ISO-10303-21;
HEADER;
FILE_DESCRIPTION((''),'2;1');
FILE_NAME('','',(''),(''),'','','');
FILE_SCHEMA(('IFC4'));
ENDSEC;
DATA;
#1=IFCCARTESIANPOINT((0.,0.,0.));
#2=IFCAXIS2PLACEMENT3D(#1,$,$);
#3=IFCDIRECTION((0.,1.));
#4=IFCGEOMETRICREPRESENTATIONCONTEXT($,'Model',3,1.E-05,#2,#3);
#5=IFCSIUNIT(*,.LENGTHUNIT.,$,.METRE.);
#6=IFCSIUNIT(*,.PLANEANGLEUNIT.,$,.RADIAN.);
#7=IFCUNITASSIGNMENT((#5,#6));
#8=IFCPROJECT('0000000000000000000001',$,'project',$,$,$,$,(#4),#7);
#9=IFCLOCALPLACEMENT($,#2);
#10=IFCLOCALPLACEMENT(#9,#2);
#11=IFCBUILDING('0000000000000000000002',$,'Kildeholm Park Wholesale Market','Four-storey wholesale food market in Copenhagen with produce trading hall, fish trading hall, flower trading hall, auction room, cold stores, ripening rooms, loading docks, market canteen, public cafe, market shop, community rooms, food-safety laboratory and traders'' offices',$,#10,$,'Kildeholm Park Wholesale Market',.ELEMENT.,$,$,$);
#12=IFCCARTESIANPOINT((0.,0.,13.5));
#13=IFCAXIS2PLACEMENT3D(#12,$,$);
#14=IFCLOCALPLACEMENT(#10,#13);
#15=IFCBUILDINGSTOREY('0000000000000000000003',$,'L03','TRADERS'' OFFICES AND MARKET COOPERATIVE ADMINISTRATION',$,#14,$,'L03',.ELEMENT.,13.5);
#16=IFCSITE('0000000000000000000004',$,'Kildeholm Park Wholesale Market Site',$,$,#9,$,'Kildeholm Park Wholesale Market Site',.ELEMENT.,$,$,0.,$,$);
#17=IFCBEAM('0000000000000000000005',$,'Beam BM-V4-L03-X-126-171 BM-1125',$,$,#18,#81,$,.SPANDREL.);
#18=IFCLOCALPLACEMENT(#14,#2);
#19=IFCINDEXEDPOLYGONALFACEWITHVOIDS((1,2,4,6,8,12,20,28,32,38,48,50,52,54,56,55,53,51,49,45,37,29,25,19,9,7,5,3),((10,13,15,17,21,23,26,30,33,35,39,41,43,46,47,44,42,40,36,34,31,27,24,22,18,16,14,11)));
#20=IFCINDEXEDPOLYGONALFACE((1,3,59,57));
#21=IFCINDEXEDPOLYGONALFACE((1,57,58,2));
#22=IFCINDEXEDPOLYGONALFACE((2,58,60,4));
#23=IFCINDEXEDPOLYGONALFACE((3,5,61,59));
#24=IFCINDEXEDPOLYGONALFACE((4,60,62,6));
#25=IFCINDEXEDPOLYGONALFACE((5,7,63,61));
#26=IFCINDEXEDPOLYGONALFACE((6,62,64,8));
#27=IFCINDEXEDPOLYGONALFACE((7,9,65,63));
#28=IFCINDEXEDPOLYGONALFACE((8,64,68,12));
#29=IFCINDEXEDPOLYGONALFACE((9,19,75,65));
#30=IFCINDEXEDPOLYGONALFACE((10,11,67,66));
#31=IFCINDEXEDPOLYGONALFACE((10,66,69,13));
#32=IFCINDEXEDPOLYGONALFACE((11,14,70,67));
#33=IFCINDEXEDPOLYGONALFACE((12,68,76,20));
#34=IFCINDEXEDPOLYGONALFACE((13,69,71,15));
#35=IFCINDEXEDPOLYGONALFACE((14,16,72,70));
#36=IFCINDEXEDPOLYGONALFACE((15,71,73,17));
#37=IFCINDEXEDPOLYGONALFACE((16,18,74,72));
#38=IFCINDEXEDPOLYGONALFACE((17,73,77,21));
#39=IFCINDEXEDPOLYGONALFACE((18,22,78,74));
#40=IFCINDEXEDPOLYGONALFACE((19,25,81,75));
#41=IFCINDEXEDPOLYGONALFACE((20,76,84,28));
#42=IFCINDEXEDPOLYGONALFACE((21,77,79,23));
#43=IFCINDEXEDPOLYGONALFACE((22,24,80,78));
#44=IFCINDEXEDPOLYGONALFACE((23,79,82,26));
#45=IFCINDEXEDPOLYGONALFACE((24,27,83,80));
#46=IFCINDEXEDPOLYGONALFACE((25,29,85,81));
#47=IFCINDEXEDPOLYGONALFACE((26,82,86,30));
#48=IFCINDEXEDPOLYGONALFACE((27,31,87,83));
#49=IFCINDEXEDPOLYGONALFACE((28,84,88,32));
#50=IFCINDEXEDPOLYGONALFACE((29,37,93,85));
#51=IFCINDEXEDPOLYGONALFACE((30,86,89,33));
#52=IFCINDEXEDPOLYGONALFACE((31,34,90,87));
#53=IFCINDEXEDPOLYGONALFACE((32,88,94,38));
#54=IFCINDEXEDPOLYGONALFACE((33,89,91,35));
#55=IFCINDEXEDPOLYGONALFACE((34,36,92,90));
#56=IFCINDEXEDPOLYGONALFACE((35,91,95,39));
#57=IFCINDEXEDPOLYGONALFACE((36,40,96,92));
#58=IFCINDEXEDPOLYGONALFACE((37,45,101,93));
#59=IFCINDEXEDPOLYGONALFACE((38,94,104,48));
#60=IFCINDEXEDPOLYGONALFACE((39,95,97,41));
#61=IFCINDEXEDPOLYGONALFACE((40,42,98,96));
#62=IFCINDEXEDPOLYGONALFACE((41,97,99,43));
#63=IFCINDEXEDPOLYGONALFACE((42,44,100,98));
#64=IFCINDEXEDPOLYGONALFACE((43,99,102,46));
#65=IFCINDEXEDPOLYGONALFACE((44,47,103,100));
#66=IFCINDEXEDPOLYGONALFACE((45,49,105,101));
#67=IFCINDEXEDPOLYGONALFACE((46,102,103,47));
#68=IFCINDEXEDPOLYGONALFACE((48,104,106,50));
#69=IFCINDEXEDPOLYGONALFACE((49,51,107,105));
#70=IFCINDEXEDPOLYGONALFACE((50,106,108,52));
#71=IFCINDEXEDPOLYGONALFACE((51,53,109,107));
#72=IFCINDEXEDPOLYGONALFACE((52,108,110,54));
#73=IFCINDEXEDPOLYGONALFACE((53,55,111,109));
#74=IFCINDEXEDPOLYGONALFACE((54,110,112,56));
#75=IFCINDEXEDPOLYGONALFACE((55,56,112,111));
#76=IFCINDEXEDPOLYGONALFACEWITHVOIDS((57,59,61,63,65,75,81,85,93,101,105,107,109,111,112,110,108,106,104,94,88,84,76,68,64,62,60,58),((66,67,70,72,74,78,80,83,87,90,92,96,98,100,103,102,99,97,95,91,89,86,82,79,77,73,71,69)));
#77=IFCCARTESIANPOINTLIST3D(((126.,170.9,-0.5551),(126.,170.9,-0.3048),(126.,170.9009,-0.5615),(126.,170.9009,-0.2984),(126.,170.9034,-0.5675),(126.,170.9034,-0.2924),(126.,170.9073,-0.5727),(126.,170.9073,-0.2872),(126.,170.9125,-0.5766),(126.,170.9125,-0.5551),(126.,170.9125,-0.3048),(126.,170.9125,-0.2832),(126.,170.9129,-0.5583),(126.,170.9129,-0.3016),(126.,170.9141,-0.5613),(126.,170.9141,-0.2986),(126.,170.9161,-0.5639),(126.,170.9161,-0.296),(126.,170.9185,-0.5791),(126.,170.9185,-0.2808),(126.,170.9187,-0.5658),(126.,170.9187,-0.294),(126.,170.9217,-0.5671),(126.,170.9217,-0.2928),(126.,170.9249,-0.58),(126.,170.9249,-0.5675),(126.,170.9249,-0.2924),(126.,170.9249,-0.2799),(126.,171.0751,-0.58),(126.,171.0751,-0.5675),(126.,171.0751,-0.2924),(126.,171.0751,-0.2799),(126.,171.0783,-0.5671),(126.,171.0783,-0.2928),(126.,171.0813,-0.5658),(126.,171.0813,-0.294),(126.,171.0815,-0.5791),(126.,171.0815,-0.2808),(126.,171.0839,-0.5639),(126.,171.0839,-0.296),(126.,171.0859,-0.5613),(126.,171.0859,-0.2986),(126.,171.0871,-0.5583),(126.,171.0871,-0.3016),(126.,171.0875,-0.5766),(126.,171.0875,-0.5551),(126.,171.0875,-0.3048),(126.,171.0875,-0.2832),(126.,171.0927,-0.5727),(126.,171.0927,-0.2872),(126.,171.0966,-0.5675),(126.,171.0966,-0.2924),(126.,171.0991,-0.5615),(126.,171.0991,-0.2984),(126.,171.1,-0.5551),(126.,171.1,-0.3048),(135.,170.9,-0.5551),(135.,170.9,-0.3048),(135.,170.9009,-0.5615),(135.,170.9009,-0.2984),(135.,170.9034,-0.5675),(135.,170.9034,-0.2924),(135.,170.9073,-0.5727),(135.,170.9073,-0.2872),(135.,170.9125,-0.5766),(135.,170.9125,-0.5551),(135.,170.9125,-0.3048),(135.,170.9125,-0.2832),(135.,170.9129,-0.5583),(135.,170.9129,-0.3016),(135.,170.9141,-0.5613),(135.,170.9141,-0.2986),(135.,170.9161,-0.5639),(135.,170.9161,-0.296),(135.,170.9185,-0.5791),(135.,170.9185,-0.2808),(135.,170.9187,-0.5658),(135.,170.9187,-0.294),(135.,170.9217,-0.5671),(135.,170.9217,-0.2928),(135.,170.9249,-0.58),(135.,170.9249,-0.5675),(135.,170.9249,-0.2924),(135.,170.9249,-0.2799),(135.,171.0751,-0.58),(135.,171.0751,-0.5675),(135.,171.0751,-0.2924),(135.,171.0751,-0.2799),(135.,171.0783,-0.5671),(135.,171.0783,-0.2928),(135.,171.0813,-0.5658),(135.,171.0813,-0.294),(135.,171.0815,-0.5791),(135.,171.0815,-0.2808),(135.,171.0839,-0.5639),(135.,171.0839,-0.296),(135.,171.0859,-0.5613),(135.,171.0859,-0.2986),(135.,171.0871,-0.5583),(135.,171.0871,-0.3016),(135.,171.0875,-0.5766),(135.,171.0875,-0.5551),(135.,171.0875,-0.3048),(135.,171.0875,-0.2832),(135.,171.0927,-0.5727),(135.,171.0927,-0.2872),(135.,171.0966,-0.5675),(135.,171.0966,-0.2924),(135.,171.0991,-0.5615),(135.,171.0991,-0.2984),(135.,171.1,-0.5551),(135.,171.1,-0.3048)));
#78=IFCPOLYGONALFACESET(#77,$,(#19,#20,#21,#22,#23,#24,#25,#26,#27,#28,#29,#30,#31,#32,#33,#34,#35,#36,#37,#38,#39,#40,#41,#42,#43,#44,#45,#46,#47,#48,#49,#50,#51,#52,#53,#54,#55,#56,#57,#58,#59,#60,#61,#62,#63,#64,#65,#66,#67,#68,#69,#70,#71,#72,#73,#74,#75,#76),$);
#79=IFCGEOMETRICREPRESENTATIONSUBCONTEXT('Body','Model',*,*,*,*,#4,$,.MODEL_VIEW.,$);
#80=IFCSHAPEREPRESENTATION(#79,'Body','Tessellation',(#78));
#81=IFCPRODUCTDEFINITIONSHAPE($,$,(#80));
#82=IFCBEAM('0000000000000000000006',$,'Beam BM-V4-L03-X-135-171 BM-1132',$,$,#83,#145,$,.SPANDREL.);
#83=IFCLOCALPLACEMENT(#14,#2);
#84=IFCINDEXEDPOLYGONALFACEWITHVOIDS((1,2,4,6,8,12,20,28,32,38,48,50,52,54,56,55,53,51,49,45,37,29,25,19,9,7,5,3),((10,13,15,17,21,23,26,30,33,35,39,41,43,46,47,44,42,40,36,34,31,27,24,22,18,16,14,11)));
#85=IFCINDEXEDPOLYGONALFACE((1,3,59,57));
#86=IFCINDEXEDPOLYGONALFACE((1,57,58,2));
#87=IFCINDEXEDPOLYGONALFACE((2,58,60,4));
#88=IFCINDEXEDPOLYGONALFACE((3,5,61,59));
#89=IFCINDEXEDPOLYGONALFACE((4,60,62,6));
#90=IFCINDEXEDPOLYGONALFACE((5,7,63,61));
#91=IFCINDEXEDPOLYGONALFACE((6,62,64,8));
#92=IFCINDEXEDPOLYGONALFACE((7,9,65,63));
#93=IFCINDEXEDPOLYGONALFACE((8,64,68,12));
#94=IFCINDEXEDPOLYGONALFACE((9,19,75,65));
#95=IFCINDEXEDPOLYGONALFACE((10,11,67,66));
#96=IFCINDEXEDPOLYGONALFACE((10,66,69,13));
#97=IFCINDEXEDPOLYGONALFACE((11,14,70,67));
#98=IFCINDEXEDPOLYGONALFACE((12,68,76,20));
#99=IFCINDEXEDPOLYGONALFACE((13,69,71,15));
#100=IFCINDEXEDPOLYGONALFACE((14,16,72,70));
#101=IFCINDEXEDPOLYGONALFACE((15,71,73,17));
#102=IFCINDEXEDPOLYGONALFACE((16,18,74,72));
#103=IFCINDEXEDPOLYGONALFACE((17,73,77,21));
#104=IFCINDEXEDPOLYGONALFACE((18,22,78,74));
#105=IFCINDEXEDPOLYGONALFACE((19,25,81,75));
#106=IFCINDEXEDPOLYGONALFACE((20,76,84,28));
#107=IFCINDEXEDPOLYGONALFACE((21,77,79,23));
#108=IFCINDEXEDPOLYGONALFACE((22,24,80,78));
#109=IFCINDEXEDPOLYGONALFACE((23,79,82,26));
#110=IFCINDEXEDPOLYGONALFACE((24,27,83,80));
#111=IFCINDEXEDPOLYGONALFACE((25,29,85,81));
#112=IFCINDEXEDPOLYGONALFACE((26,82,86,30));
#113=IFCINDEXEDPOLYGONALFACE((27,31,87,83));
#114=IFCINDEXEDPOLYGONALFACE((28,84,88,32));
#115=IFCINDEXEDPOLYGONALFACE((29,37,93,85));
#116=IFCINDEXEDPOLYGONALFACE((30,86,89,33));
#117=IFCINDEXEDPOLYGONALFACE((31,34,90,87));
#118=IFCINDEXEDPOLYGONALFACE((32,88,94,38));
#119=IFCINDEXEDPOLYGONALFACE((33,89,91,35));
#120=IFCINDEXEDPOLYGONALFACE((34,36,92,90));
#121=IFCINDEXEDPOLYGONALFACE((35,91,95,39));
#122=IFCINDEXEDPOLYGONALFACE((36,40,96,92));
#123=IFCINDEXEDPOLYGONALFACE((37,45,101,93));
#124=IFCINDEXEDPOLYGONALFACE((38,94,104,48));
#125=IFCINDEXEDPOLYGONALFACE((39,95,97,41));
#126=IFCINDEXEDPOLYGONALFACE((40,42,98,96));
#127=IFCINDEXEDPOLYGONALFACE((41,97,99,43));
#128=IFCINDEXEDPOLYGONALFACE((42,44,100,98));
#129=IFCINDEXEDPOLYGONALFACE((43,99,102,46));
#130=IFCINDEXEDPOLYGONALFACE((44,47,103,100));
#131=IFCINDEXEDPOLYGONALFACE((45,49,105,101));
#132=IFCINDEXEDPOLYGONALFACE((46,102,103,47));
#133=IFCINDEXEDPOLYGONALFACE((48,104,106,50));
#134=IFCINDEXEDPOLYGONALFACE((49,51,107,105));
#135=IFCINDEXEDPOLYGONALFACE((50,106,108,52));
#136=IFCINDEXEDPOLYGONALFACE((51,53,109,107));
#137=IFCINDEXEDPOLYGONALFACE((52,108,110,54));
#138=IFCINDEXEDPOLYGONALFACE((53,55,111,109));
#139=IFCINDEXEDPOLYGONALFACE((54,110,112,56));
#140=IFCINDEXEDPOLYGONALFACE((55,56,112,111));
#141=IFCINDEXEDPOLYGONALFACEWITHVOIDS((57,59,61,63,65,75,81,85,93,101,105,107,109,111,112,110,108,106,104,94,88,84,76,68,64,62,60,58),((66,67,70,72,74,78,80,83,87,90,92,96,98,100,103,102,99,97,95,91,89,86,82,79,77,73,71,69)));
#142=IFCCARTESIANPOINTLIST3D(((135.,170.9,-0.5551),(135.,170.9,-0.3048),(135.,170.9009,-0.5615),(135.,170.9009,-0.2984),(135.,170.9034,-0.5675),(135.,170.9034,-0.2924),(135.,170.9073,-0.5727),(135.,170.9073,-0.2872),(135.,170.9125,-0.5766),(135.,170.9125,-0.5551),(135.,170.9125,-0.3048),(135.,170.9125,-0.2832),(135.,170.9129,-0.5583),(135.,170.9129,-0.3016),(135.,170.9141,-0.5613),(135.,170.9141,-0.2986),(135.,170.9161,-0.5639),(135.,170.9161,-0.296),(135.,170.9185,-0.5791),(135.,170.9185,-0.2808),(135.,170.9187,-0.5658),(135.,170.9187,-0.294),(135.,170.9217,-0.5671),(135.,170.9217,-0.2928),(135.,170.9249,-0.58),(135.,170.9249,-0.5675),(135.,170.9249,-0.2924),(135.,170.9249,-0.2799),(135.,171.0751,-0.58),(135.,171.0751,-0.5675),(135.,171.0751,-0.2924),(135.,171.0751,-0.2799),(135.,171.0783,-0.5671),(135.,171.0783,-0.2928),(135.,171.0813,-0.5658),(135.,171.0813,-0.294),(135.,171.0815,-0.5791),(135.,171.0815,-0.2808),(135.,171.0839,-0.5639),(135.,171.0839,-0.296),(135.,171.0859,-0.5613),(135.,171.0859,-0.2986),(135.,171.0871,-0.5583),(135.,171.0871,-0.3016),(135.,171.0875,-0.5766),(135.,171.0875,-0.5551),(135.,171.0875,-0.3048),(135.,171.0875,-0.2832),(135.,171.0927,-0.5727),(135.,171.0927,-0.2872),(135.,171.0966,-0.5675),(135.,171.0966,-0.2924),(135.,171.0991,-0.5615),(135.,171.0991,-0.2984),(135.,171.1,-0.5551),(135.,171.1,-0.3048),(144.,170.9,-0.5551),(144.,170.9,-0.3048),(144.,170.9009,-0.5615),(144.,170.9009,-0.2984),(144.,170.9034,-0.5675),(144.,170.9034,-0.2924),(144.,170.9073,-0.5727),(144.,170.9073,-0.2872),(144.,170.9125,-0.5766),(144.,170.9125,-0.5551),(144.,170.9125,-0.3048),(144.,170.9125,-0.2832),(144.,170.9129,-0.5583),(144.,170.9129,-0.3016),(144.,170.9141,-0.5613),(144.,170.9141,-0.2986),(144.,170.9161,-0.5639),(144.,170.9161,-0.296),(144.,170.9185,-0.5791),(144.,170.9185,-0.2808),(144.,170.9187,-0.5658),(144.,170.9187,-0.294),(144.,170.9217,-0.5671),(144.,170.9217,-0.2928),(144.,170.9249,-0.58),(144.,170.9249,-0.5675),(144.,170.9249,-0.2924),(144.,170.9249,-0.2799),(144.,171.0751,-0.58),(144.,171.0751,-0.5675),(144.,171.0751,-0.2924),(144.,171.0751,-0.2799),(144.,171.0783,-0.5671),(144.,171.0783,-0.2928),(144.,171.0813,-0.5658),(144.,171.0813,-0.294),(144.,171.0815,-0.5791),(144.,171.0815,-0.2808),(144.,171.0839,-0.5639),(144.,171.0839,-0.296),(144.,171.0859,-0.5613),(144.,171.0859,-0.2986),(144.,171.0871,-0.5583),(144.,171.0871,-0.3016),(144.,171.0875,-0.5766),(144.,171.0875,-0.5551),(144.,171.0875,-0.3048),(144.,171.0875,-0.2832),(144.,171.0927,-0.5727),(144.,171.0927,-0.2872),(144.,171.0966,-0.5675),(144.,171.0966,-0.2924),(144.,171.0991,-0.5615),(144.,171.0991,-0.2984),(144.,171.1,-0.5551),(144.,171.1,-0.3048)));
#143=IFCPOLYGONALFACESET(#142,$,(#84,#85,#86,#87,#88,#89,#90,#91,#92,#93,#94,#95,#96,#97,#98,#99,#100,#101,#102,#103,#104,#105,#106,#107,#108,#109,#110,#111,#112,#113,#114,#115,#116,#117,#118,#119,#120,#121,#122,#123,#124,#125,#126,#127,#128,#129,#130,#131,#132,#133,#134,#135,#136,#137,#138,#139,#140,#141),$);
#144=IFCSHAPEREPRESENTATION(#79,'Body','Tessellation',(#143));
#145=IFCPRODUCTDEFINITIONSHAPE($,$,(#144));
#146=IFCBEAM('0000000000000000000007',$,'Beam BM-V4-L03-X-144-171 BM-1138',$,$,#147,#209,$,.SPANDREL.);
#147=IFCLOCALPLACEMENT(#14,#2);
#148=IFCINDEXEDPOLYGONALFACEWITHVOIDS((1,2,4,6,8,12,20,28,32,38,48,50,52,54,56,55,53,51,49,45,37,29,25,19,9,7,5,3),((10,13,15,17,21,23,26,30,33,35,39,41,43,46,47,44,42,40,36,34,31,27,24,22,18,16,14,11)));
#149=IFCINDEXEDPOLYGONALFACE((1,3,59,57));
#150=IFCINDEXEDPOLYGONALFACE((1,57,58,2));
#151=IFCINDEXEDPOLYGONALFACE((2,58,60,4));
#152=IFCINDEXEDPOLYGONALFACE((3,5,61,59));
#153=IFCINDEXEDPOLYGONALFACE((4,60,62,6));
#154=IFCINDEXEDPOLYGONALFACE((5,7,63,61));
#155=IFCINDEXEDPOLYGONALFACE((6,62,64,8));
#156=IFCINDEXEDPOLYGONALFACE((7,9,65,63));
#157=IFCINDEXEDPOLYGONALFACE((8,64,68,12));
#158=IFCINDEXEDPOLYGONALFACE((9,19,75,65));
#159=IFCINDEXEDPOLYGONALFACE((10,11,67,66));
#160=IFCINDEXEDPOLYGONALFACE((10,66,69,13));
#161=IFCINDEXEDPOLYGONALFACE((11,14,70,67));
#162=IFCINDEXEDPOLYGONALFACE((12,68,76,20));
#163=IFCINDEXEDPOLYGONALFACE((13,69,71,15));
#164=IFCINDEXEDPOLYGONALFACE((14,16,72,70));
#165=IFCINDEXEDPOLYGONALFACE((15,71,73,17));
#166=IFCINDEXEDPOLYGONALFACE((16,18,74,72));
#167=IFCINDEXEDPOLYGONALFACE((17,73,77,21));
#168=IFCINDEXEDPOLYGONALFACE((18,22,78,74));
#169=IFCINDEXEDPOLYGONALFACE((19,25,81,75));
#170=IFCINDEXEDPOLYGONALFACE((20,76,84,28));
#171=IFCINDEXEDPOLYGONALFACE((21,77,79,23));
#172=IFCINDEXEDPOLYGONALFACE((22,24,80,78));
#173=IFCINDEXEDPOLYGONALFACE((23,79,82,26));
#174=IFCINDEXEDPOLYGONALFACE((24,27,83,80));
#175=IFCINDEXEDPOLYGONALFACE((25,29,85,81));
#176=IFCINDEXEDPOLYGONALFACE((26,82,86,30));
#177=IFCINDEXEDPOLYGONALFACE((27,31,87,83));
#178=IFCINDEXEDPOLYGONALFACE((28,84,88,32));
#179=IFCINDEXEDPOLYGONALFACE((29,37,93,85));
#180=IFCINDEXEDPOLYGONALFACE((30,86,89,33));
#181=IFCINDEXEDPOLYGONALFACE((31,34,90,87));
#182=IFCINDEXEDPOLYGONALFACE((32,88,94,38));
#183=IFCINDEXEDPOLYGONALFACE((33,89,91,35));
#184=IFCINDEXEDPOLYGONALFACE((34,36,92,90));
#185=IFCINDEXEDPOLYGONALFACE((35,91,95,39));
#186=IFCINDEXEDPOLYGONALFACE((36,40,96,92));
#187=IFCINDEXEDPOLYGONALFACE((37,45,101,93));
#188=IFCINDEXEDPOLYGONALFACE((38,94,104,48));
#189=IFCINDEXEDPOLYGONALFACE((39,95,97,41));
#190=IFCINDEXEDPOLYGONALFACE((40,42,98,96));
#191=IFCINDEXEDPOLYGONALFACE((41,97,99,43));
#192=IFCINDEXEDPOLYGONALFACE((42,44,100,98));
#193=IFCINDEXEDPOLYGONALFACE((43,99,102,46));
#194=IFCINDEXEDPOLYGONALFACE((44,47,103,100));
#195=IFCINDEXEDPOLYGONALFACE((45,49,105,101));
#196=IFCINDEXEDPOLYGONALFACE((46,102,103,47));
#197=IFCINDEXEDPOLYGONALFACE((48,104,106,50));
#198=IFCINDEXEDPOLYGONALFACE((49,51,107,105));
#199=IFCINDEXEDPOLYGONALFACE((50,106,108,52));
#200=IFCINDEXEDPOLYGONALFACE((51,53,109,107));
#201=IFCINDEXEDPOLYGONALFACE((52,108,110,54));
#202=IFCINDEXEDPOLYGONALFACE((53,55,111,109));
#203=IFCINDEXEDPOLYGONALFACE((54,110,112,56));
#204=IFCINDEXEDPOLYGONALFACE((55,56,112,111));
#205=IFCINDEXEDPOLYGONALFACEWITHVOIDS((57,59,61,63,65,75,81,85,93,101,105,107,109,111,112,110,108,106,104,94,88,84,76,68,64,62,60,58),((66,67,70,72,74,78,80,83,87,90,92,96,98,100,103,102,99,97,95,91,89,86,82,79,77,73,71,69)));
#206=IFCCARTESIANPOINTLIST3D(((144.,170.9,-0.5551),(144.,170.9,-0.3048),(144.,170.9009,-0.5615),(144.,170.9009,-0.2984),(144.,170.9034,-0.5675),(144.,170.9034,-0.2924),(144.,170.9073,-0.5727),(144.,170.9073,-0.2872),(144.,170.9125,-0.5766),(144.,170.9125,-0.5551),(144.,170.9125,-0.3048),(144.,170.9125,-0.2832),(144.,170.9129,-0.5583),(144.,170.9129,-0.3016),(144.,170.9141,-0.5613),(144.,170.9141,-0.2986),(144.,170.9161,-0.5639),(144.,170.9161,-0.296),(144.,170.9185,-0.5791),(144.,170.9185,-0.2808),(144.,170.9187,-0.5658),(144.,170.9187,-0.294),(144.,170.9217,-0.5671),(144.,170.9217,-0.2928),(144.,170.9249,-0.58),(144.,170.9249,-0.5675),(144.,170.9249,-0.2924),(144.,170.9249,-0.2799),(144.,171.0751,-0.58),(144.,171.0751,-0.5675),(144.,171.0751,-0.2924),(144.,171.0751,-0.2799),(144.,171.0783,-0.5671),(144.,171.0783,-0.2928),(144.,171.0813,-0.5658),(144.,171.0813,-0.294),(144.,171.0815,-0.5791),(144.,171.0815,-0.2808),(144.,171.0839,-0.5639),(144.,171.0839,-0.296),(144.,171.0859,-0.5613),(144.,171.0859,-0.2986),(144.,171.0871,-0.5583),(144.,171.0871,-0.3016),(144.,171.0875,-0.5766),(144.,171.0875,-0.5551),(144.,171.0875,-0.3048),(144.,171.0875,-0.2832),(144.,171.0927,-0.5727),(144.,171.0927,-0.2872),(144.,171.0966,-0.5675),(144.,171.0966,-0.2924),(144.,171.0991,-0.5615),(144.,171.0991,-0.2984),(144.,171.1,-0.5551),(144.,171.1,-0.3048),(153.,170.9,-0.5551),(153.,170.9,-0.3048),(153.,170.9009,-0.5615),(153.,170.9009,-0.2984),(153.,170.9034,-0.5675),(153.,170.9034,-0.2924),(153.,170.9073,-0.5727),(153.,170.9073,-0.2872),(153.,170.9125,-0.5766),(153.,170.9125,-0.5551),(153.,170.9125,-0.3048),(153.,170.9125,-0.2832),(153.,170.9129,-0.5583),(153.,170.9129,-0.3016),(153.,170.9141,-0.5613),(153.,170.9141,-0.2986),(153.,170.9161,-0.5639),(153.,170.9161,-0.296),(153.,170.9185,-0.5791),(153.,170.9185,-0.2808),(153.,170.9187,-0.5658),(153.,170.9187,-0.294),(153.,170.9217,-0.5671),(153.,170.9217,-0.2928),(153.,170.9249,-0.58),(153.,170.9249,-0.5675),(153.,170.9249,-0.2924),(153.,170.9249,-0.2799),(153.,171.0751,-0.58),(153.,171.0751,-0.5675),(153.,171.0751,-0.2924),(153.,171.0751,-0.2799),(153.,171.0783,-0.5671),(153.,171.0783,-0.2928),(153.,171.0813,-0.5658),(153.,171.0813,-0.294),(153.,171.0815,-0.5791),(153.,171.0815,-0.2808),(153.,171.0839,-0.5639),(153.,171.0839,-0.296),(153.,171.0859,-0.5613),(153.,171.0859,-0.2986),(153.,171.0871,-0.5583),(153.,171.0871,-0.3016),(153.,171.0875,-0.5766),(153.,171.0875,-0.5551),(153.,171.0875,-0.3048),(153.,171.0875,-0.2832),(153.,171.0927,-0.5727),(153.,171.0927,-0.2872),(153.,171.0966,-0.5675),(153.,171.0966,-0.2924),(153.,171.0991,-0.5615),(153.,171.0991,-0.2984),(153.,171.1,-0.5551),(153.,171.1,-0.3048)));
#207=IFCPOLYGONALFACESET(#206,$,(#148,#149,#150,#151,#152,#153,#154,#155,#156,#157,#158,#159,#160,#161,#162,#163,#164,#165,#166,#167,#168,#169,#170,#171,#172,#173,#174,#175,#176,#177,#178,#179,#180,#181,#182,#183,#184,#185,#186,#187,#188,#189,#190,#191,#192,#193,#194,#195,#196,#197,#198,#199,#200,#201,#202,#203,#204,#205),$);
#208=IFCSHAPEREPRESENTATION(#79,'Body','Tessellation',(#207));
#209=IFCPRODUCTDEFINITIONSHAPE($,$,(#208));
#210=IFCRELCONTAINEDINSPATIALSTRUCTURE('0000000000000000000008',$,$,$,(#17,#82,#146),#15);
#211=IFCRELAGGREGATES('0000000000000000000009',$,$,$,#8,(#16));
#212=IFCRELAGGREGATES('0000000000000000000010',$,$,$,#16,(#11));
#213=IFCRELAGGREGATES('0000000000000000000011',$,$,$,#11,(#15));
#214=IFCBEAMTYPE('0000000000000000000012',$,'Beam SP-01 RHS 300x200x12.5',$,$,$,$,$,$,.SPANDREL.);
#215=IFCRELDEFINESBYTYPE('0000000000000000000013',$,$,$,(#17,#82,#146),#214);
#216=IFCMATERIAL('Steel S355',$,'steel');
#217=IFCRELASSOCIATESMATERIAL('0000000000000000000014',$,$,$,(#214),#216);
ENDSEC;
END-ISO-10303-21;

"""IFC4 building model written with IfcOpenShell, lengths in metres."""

from ifc_helpers import new_model, si_unit, direction, frame, origin, origin_2d, place, context, subcontext, project, spatial, hollow_rectangle, extrude, material, material_profile, profile_set, type_object, element, save


model = new_model("IFC4")

# Units and contexts
model_context = context("Model", 3, precision=1e-05, world=origin(), true_north=direction((0.0, 1.0)))
body_context = subcontext(model_context, "Body", "Model", "MODEL_VIEW")
ifc_project = project(units=[si_unit("LENGTHUNIT", "METRE"), si_unit("PLANEANGLEUNIT", "RADIAN")], contexts=[model_context])

# Site, building, storey
site_placement = place(None, origin())
site = spatial("IfcSite", under=ifc_project, at=site_placement, Name="Kildeholm Park Wholesale Market Site", LongName="Kildeholm Park Wholesale Market Site", CompositionType="ELEMENT", RefElevation=0.0)
building_placement = place(site_placement, origin())
building = spatial("IfcBuilding", under=site, at=building_placement, Name="Kildeholm Park Wholesale Market", Description="Four-storey wholesale food market in Copenhagen with produce trading hall, fish trading hall, flower trading hall, auction room, cold stores, ripening rooms, loading docks, market canteen, public cafe, market shop, community rooms, food-safety laboratory and traders' offices", LongName="Kildeholm Park Wholesale Market", CompositionType="ELEMENT")
storey_placement = place(building_placement, frame((0.0, 0.0, 13.5)))
storey = spatial("IfcBuildingStorey", under=building, at=storey_placement, Name="L03", Description="TRADERS' OFFICES AND MARKET COOPERATIVE ADMINISTRATION", LongName="L03", CompositionType="ELEMENT", Elevation=13.5)

# Beams
ifc_material_1 = material(Name="Steel S355", Category="steel")
ifc_material_profile_1 = material_profile(ifc_material_1, hollow_rectangle(XDim=0.2, YDim=0.3, WallThickness=0.0125, InnerFilletRadius=0.0125, OuterFilletRadius=0.0249, at=origin_2d()), Name="RHS 300x200x12.5")
ifc_profile_set_1 = profile_set([ifc_material_profile_1], Name="Steel S355")
beam_type_1 = type_object("IfcBeamType", Name="Beam SP-01 RHS 300x200x12.5", PredefinedType="SPANDREL", material=ifc_profile_set_1)
for number, where, z_axis, x_axis, name in (
    (1, (126.0, 171.0, -0.4299), (1.0, 0.0, 0.0), (0.0, 1.0, 0.0), "Beam BM-V4-L03-X-126-171 BM-1125"),
    (2, (135.0, 171.0, -0.4299), (1.0, 0.0, 0.0), (0.0, 1.0, 0.0), "Beam BM-V4-L03-X-135-171 BM-1132"),
    (3, (144.0, 171.0, -0.4299), (1.0, 0.0, 0.0), (0.0, 1.0, 0.0), "Beam BM-V4-L03-X-144-171 BM-1138"),
):
    element("IfcBeam", number, at=place(storey_placement, frame(where, z_axis=z_axis, x_axis=x_axis)), inside=storey, type_object=beam_type_1, Name=name, PredefinedType="SPANDREL", context=body_context, shape_type="SweptSolid", body=[
        extrude(hollow_rectangle(XDim=0.2, YDim=0.3, WallThickness=0.0125, InnerFilletRadius=0.0125, OuterFilletRadius=0.0249, at=origin_2d()), origin(), (0.0, 0.0, 1.0), 9.0),
    ])

save(model, "model.ifc")
